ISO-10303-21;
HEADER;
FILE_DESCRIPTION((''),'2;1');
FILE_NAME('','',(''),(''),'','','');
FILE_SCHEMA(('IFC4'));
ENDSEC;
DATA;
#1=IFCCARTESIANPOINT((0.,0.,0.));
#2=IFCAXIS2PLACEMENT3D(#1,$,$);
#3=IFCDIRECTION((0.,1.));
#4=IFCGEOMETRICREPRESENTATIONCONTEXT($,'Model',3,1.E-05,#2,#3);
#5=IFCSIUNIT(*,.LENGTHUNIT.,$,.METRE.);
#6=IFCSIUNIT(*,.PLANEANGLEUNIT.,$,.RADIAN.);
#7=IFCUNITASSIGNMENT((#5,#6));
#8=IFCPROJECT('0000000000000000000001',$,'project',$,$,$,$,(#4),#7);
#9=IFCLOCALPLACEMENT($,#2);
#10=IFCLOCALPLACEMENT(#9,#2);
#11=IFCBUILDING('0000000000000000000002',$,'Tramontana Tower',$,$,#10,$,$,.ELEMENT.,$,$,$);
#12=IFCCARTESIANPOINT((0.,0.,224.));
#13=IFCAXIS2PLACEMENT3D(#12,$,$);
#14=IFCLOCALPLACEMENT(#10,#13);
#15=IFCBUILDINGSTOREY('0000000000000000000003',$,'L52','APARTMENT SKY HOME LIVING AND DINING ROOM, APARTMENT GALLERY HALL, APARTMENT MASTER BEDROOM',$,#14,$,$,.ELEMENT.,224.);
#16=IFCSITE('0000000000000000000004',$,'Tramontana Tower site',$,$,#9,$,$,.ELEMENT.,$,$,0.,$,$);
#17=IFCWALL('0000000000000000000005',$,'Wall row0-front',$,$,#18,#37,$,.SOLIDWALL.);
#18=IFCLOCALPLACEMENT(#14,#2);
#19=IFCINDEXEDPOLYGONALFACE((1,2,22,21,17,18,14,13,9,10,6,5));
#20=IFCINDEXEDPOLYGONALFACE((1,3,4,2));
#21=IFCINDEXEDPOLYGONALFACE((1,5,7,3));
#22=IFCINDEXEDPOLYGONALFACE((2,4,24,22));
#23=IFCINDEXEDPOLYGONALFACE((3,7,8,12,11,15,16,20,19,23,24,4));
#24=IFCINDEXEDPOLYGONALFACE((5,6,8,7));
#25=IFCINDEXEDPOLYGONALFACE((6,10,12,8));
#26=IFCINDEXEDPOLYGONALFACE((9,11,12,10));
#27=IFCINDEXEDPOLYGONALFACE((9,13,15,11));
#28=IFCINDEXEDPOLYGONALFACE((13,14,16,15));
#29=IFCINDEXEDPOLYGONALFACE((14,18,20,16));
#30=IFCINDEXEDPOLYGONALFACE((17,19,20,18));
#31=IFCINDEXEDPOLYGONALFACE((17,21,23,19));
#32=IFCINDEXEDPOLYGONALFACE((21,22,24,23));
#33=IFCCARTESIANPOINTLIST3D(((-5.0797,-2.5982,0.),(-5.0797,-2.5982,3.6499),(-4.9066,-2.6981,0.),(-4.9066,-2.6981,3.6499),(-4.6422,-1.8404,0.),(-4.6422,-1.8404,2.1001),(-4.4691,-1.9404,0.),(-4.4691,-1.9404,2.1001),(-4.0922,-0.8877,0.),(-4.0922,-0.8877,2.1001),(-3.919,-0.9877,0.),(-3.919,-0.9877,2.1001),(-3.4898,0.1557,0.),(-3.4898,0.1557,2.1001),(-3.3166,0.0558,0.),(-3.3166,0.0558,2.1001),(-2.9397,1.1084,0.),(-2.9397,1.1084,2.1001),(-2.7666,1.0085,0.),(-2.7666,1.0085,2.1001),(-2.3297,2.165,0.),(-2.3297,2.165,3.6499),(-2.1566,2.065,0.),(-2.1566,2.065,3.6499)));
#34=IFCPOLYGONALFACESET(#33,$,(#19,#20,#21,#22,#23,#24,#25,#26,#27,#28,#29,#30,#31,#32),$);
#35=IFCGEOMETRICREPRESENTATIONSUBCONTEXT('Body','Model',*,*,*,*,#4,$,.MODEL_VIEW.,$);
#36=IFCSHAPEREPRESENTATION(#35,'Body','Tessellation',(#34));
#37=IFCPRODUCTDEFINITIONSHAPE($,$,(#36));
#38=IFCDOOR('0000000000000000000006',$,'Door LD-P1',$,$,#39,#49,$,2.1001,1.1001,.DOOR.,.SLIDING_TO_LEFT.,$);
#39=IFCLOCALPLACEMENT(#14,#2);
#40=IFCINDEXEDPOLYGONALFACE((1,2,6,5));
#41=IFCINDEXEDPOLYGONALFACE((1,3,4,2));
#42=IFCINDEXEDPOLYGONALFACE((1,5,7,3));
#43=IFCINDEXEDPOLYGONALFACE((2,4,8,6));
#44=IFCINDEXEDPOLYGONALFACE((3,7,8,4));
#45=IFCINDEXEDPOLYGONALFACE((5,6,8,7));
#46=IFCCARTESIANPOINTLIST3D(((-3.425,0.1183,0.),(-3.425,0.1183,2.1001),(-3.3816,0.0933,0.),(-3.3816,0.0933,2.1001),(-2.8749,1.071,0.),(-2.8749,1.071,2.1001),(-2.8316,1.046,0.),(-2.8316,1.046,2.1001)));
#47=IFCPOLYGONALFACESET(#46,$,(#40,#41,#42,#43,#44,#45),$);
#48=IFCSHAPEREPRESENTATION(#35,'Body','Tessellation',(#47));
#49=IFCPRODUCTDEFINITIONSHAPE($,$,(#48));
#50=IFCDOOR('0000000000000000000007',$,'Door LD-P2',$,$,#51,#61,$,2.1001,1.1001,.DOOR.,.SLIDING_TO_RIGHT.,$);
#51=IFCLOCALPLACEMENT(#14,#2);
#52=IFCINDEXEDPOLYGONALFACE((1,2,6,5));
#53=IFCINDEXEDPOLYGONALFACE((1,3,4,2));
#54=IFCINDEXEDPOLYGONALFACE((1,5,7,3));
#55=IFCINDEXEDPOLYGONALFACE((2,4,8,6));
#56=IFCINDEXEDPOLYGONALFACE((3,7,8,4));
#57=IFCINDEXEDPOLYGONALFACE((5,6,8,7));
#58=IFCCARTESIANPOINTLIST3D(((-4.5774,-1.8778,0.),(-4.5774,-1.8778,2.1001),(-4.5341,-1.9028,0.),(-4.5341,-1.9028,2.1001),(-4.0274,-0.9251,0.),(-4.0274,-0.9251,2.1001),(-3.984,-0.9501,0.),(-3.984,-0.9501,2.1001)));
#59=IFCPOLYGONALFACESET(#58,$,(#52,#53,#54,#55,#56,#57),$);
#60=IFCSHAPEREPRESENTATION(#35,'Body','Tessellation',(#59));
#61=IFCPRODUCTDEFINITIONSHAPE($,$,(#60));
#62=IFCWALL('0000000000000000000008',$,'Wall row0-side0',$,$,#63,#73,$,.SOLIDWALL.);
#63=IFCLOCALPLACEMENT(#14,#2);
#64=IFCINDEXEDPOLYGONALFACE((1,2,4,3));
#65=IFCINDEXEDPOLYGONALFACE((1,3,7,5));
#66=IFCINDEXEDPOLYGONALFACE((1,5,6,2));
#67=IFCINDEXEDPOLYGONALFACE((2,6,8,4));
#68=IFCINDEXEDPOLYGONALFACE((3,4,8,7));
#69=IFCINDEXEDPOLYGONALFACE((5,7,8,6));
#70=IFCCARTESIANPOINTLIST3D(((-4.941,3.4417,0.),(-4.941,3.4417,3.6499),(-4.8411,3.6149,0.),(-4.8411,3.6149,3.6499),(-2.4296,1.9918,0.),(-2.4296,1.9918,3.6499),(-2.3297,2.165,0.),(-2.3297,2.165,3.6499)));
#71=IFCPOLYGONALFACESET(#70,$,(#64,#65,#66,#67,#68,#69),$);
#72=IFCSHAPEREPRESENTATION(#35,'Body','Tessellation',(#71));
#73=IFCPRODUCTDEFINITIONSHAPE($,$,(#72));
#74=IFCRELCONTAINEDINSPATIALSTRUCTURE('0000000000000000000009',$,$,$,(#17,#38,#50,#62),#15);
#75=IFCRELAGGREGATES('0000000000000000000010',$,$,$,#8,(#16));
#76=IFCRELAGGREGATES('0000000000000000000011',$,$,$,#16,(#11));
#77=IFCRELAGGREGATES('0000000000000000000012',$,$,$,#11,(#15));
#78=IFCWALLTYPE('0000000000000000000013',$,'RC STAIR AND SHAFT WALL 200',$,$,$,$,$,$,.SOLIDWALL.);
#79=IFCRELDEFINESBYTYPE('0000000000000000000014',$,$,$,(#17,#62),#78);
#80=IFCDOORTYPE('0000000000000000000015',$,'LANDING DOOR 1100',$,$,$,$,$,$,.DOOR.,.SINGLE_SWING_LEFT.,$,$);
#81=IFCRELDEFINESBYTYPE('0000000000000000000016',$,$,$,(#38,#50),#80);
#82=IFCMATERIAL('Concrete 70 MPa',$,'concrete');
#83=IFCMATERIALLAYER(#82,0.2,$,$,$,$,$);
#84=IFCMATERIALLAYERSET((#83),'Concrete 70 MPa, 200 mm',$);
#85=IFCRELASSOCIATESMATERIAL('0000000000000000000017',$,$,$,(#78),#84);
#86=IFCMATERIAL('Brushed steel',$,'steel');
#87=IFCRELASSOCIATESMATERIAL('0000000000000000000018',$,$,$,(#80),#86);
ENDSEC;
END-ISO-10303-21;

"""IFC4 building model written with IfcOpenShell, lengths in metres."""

from ifc_helpers import new_model, si_unit, direction, frame, frame_2d, origin, place, context, subcontext, project, spatial, rectangle, extrude, material, layer, layer_set, type_object, element, fill, save


model = new_model("IFC4")

# Units and contexts
model_context = context("Model", 3, precision=1e-05, world=origin(), true_north=direction((0.0, 1.0)))
body_context = subcontext(model_context, "Body", "Model", "MODEL_VIEW")
ifc_project = project(units=[si_unit("LENGTHUNIT", "METRE"), si_unit("PLANEANGLEUNIT", "RADIAN")], contexts=[model_context])

# Site, building, storey
site_placement = place(None, origin())
site = spatial("IfcSite", under=ifc_project, at=site_placement, Name="Tramontana Tower site", CompositionType="ELEMENT", RefElevation=0.0)
building_placement = place(site_placement, origin())
building = spatial("IfcBuilding", under=site, at=building_placement, Name="Tramontana Tower", CompositionType="ELEMENT")
storey_placement = place(building_placement, frame((0.0, 0.0, 224.0)))
storey = spatial("IfcBuildingStorey", under=building, at=storey_placement, Name="L52", Description="APARTMENT SKY HOME LIVING AND DINING ROOM, APARTMENT GALLERY HALL, APARTMENT MASTER BEDROOM", CompositionType="ELEMENT", Elevation=224.0)

# Wall, openings, doors
ifc_material_1 = material(Name="Concrete 70 MPa", Category="concrete")
ifc_layer_1 = layer(ifc_material_1, 0.2)
ifc_layer_set_1 = layer_set([ifc_layer_1], Name="Concrete 70 MPa, 200 mm")
wall_type_1 = type_object("IfcWallType", Name="RC STAIR AND SHAFT WALL 200", PredefinedType="SOLIDWALL", material=ifc_layer_set_1)
wall_1_placement = place(storey_placement, frame((-2.2432, 2.115, 0.0), z_axis=(0.0, 0.0, 1.0), x_axis=(-0.499997, -0.866027, 0.0)))
wall_1 = element("IfcWall", 1, at=wall_1_placement, inside=storey, type_object=wall_type_1, Name="Wall row0-front", PredefinedType="SOLIDWALL", context=body_context, shape_type="SweptSolid", body=[
    extrude(rectangle(XDim=5.5, YDim=0.2, at=frame_2d((2.75, 0.0))), origin(), (0.0, 0.0, 1.0), 3.6499),
])
opening_1_placement = place(wall_1_placement, frame((1.22, 0.0, 0.0)))
opening_1 = element("IfcOpeningElement", 2, at=opening_1_placement, cuts=wall_1, PredefinedType="OPENING", context=body_context, shape_type="SweptSolid", body=[
    extrude(rectangle(XDim=1.1001, YDim=2.1001, at=frame_2d((0.55, 1.05))), frame((0.0, 0.1099, 0.0), z_axis=(0.0, -1.0, 0.0), x_axis=(1.0, 0.0, 0.0)), (0.0, 0.0, 1.0), 0.22),
])
opening_2_placement = place(wall_1_placement, frame((3.5249, 0.0, 0.0)))
opening_2 = element("IfcOpeningElement", 3, at=opening_2_placement, cuts=wall_1, PredefinedType="OPENING", context=body_context, shape_type="SweptSolid", body=[
    extrude(rectangle(XDim=1.1001, YDim=2.1001, at=frame_2d((0.55, 1.05))), frame((0.0, 0.1099, 0.0), z_axis=(0.0, -1.0, 0.0), x_axis=(1.0, 0.0, 0.0)), (0.0, 0.0, 1.0), 0.22),
])
ifc_material_2 = material(Name="Brushed steel", Category="steel")
door_type_1 = type_object("IfcDoorType", Name="LANDING DOOR 1100", OperationType="SINGLE_SWING_LEFT", PredefinedType="DOOR", material=ifc_material_2)
door_1_placement = place(opening_1_placement, origin())
door_1 = element("IfcDoor", 4, at=door_1_placement, inside=storey, type_object=door_type_1, Name="Door LD-P1", OperationType="SLIDING_TO_LEFT", OverallHeight=2.1001, OverallWidth=1.1001, PredefinedType="DOOR", context=body_context, shape_type="SweptSolid", body=[
    extrude(rectangle(XDim=1.1001, YDim=2.1001, at=frame_2d((0.55, 1.05))), frame((0.0, 0.0249, 0.0), z_axis=(0.0, -1.0, 0.0), x_axis=(1.0, 0.0, 0.0)), (0.0, 0.0, 1.0), 0.05),
])
fill(opening_1, door_1)
door_2_placement = place(opening_2_placement, origin())
door_2 = element("IfcDoor", 5, at=door_2_placement, inside=storey, type_object=door_type_1, Name="Door LD-P2", OperationType="SLIDING_TO_RIGHT", OverallHeight=2.1001, OverallWidth=1.1001, PredefinedType="DOOR", context=body_context, shape_type="SweptSolid", body=[
    extrude(rectangle(XDim=1.1001, YDim=2.1001, at=frame_2d((0.55, 1.05))), frame((0.0, 0.0249, 0.0), z_axis=(0.0, -1.0, 0.0), x_axis=(1.0, 0.0, 0.0)), (0.0, 0.0, 1.0), 0.05),
])
fill(opening_2, door_2)

# Wall
wall_2_placement = place(storey_placement, frame((-2.3796, 2.0784, 0.0), z_axis=(0.0, 0.0, 1.0), x_axis=(-0.866033, 0.499987, 0.0)))
element("IfcWall", 6, at=wall_2_placement, inside=storey, type_object=wall_type_1, Name="Wall row0-side0", PredefinedType="SOLIDWALL", context=body_context, shape_type="SweptSolid", body=[
    extrude(rectangle(XDim=2.8999, YDim=0.2, at=frame_2d((1.45, 0.0))), origin(), (0.0, 0.0, 1.0), 3.6499),
])

save(model, "model.ifc")
